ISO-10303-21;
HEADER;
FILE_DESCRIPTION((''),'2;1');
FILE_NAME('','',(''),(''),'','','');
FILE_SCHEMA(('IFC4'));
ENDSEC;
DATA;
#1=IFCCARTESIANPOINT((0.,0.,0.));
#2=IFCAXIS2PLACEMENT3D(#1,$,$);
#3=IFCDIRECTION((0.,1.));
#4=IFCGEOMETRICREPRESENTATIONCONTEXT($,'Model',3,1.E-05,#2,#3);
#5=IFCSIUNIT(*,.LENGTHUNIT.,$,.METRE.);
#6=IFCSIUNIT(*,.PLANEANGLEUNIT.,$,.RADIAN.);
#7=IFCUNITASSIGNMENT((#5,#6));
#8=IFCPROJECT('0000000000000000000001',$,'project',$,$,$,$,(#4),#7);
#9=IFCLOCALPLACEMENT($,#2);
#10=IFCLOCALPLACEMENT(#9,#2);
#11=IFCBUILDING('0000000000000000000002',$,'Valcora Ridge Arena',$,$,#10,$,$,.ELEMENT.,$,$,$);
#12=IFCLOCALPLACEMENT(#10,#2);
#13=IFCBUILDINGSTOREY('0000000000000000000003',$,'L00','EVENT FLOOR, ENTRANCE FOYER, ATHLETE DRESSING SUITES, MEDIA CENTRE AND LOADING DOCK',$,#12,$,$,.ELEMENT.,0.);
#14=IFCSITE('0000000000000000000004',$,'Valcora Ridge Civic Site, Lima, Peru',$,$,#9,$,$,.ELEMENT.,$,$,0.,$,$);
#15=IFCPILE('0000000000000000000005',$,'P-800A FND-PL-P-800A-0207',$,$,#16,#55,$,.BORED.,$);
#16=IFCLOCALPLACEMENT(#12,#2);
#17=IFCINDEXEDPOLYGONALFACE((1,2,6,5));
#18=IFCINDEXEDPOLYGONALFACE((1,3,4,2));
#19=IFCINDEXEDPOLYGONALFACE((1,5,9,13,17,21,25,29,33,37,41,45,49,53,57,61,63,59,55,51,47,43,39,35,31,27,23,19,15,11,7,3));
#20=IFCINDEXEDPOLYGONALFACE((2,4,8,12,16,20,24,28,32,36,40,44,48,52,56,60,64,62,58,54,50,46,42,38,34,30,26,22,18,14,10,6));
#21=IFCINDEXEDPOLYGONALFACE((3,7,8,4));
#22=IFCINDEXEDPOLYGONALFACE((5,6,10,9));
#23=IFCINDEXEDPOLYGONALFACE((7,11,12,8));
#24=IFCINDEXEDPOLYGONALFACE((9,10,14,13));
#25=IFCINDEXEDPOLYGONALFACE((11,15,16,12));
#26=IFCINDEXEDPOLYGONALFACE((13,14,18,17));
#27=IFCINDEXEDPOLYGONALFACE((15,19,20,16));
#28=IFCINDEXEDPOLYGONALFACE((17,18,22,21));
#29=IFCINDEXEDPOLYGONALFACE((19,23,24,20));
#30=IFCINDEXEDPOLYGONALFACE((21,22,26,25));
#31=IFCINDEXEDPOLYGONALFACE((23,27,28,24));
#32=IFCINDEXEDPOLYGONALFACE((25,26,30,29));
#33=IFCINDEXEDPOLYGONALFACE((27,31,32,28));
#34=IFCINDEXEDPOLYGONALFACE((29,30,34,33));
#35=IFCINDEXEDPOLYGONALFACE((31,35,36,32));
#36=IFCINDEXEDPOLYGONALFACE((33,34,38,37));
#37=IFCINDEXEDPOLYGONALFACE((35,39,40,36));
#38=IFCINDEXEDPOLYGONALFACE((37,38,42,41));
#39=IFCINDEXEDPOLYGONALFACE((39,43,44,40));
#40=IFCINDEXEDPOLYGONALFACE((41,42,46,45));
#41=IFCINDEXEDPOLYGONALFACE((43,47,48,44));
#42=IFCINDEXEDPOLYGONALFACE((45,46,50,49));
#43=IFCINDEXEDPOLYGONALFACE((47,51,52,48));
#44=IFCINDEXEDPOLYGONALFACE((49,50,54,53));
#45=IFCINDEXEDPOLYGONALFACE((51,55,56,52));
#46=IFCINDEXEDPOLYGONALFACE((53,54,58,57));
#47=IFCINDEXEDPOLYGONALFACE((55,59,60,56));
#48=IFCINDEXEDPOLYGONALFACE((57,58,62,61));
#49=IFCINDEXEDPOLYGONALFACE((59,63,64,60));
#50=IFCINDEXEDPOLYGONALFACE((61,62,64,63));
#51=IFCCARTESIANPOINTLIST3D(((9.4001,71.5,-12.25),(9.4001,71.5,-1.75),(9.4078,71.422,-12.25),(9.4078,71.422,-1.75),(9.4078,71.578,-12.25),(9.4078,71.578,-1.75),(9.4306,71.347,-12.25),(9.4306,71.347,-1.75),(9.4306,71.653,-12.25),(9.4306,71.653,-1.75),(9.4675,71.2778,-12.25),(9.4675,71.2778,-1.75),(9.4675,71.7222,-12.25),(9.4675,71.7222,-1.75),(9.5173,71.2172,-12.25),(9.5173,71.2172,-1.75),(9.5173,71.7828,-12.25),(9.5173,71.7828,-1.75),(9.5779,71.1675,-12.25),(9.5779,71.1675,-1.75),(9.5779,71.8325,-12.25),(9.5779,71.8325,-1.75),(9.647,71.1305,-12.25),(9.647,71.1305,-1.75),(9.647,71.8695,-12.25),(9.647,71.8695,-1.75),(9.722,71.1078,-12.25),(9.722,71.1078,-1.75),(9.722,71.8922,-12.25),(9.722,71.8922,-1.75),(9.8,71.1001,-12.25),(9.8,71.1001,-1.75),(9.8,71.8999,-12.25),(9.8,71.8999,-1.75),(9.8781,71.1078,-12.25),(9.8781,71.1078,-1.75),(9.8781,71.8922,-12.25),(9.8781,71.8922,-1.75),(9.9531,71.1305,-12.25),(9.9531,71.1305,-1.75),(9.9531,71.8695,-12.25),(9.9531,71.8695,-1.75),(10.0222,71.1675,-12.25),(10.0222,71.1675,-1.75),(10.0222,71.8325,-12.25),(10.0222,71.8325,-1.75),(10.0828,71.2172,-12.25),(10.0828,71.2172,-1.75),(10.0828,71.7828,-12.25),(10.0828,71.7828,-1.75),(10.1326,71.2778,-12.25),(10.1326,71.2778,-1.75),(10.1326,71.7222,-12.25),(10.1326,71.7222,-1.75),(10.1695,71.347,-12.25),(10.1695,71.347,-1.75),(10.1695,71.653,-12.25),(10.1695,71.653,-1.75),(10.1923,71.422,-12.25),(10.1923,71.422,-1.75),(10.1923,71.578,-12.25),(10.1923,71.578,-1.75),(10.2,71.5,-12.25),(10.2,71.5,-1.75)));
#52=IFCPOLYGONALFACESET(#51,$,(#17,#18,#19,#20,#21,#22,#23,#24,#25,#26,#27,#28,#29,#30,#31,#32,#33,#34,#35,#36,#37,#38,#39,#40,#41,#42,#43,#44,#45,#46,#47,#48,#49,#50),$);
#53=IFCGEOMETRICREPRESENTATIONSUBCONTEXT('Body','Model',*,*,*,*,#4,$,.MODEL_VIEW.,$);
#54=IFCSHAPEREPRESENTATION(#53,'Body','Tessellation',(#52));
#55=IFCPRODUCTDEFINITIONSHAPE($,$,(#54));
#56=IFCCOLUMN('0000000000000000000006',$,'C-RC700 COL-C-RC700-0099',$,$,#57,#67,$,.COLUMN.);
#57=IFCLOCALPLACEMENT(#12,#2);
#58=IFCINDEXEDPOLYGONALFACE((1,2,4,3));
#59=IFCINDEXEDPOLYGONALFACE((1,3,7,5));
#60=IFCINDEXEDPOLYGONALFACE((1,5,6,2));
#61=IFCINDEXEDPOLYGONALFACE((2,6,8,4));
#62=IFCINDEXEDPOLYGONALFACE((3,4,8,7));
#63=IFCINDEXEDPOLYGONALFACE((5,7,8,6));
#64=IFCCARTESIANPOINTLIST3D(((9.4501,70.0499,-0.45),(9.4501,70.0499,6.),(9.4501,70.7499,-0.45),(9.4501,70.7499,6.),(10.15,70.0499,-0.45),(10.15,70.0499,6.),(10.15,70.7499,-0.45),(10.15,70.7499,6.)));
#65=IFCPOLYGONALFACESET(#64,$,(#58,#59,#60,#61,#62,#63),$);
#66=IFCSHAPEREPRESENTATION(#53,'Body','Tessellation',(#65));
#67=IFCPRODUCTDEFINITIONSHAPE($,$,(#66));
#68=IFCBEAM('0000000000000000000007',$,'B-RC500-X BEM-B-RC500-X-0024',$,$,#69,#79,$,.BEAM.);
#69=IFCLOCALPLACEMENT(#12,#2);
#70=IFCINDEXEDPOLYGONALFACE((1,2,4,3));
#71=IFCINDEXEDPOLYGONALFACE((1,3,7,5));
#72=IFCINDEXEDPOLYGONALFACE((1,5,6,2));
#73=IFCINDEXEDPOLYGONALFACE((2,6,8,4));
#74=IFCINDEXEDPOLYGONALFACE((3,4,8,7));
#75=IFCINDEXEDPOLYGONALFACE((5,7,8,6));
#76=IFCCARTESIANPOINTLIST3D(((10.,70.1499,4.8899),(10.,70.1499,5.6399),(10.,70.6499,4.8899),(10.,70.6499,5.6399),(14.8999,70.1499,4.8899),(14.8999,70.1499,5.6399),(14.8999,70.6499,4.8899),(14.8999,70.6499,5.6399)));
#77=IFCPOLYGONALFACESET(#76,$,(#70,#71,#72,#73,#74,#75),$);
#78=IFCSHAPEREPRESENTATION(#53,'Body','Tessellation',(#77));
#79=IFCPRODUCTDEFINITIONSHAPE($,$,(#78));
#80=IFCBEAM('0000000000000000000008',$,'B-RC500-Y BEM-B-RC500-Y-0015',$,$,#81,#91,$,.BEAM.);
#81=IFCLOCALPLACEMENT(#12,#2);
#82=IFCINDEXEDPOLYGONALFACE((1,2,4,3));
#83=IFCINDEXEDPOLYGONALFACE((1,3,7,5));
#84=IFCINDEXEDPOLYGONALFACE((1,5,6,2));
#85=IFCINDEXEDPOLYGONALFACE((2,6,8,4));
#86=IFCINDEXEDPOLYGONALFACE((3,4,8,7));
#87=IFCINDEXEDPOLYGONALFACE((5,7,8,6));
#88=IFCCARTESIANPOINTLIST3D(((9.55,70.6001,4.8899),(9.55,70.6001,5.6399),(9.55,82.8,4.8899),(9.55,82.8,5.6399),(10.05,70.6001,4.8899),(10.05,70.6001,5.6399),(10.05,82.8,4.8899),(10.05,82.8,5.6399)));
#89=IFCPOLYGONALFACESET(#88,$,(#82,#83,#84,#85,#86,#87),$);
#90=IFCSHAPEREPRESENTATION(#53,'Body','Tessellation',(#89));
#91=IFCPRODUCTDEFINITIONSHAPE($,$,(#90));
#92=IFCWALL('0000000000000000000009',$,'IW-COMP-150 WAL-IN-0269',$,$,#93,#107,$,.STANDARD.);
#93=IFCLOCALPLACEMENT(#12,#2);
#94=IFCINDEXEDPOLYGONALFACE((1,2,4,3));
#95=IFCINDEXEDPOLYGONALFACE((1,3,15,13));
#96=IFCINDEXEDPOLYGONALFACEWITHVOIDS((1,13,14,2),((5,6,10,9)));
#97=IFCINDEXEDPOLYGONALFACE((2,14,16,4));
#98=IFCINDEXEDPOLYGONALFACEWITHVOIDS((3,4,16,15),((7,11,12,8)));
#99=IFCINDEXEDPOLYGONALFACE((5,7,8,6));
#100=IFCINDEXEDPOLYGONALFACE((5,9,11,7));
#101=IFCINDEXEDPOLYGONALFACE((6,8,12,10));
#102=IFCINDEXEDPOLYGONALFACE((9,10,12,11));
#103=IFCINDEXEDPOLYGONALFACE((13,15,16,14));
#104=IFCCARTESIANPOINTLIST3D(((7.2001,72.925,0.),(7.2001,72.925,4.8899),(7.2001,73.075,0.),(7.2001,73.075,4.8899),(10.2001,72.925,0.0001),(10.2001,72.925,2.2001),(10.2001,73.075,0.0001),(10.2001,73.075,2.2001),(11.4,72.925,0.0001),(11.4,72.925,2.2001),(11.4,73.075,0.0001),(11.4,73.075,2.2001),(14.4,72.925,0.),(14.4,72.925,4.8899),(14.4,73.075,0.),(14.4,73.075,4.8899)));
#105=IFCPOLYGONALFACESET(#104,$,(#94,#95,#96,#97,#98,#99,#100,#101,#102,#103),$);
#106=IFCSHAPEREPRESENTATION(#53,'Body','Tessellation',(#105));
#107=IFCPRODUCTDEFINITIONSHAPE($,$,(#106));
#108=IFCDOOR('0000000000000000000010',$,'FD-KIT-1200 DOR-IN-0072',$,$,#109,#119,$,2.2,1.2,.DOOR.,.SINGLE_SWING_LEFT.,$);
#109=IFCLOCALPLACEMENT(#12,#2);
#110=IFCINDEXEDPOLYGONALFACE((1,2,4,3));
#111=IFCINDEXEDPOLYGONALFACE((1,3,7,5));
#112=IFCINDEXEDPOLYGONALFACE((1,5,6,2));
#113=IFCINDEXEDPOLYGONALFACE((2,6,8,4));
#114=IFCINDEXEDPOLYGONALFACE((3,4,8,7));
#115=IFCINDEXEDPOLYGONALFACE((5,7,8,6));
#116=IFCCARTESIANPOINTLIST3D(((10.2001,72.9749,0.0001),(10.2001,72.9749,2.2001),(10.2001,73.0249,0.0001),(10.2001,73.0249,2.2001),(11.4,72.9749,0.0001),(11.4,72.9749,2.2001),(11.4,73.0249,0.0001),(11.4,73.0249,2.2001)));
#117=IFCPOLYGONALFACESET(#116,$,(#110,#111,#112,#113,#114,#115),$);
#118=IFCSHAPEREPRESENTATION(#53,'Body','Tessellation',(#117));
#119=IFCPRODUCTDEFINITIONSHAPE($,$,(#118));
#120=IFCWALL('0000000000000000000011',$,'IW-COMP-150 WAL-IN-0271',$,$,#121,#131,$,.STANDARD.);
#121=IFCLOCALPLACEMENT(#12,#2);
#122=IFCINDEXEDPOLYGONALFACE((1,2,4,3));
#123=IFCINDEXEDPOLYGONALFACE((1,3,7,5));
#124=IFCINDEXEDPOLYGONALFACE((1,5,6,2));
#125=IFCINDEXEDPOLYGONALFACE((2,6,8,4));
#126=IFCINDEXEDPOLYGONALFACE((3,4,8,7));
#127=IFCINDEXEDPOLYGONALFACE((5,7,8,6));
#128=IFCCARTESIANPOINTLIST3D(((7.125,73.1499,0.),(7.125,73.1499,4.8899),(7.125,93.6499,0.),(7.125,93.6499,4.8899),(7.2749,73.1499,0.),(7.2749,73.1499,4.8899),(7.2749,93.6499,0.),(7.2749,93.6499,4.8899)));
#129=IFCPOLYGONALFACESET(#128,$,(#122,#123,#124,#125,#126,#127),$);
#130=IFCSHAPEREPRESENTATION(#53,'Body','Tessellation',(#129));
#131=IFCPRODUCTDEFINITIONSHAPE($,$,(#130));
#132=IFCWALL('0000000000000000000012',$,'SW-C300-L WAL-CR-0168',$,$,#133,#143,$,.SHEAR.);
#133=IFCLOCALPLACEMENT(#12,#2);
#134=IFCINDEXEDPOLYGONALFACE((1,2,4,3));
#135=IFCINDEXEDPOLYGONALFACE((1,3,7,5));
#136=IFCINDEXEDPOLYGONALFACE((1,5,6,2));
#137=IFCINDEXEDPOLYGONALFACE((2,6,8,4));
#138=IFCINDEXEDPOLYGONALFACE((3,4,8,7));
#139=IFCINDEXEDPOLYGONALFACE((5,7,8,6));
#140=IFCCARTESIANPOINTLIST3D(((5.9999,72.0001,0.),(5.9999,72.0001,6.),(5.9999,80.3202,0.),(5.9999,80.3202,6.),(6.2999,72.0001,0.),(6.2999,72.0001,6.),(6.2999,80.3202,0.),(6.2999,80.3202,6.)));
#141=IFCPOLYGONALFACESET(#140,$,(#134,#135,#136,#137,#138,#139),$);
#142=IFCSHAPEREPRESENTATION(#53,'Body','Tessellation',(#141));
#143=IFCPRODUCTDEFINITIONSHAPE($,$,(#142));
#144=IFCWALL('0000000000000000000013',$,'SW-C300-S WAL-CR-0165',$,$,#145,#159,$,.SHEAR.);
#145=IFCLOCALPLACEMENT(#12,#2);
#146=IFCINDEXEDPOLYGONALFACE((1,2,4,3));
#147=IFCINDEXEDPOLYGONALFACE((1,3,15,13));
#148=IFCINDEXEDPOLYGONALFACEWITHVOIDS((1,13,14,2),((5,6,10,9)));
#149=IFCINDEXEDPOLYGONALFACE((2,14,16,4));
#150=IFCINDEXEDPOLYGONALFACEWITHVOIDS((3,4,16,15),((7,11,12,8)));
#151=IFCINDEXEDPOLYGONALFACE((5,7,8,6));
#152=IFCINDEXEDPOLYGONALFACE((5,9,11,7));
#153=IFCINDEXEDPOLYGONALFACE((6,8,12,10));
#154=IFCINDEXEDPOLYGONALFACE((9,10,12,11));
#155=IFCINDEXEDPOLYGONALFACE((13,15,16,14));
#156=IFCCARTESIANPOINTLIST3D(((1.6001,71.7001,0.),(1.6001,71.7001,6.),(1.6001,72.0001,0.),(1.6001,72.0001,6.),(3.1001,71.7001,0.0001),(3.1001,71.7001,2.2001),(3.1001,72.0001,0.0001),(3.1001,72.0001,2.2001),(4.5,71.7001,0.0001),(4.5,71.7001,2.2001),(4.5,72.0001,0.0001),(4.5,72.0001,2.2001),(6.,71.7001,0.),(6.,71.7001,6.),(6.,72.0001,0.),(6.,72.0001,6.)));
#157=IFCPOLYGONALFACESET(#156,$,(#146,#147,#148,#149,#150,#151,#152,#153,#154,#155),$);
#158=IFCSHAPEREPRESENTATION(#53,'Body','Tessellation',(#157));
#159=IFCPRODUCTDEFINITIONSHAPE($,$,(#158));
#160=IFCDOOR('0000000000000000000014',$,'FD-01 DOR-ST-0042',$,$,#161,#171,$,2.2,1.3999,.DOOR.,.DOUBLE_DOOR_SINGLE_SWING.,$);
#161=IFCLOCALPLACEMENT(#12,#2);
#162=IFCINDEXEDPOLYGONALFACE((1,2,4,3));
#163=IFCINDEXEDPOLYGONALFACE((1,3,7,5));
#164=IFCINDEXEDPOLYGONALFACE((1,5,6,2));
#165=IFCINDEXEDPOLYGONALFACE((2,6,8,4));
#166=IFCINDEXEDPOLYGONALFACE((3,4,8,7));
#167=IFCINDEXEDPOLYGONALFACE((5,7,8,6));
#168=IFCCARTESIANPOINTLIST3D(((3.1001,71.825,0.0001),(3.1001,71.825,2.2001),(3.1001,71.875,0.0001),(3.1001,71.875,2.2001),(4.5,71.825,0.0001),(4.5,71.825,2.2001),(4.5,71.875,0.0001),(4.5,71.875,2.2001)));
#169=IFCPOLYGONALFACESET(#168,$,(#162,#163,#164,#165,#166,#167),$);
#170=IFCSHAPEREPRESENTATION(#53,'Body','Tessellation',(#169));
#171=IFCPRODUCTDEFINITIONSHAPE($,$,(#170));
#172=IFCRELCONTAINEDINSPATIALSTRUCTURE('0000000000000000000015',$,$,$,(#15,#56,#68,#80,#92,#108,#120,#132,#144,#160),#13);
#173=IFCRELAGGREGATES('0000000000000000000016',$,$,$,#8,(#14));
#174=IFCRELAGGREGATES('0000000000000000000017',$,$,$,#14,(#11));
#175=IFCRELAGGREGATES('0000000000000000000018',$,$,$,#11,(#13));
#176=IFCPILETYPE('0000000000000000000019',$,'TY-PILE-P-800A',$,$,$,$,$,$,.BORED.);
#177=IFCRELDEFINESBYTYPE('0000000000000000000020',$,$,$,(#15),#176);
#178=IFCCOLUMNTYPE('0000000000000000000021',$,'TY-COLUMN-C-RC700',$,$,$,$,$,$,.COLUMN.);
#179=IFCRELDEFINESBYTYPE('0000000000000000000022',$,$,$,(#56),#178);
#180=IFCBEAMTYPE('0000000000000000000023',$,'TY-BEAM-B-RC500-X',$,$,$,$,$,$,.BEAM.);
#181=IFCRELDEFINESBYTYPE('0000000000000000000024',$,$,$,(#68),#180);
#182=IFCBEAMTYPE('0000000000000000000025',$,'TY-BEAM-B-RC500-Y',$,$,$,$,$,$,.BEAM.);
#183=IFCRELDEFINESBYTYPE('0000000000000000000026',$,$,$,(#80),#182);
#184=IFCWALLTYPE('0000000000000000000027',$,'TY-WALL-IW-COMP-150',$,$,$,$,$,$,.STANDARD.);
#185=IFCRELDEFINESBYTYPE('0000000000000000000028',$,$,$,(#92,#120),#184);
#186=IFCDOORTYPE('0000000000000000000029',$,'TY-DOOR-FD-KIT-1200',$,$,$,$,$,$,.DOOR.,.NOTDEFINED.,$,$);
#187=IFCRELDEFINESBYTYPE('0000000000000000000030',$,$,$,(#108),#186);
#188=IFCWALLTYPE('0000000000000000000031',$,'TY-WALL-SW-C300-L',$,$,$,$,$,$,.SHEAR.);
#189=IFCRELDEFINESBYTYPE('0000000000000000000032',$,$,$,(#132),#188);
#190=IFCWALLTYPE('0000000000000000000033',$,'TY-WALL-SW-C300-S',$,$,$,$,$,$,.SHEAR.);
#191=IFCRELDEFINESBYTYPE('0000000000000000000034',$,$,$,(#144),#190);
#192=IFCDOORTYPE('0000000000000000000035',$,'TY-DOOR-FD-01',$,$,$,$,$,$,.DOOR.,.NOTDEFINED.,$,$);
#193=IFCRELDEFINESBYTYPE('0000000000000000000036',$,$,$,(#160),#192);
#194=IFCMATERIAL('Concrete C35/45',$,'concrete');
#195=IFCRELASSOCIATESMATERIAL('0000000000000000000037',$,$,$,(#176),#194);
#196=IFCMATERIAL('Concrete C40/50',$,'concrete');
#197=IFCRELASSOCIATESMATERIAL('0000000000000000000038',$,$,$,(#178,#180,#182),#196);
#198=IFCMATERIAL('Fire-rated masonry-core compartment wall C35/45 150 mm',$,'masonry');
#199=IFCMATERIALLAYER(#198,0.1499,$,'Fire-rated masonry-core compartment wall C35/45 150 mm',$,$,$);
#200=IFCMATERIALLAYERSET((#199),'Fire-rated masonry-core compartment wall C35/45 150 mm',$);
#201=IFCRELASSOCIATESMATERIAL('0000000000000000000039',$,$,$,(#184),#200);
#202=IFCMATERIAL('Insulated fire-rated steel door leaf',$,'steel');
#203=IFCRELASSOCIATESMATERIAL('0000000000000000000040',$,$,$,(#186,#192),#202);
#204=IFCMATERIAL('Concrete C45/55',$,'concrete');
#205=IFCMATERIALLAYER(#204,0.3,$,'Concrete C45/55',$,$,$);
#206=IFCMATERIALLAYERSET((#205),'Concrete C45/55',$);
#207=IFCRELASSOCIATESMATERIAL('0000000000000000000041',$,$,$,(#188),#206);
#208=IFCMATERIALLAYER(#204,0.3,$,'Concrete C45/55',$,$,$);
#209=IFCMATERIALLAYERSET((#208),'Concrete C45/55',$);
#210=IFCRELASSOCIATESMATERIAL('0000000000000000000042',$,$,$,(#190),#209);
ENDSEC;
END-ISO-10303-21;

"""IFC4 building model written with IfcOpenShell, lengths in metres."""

from ifc_helpers import new_model, si_unit, direction, frame, frame_2d, origin, origin_2d, place, context, subcontext, project, spatial, rectangle, circle, extrude, material, layer, layer_set, material_profile, profile_set, type_object, element, fill, save


model = new_model("IFC4")

# Units and contexts
model_context = context("Model", 3, precision=1e-05, world=origin(), true_north=direction((0.0, 1.0)))
body_context = subcontext(model_context, "Body", "Model", "MODEL_VIEW")
ifc_project = project(units=[si_unit("LENGTHUNIT", "METRE"), si_unit("PLANEANGLEUNIT", "RADIAN")], contexts=[model_context])

# Site, building, storey
site_placement = place(None, origin())
site = spatial("IfcSite", under=ifc_project, at=site_placement, Name="Valcora Ridge Civic Site, Lima, Peru", CompositionType="ELEMENT", RefElevation=0.0)
building_placement = place(site_placement, origin())
building = spatial("IfcBuilding", under=site, at=building_placement, Name="Valcora Ridge Arena", CompositionType="ELEMENT")
storey_placement = place(building_placement, origin())
storey = spatial("IfcBuildingStorey", under=building, at=storey_placement, Name="L00", Description="EVENT FLOOR, ENTRANCE FOYER, ATHLETE DRESSING SUITES, MEDIA CENTRE AND LOADING DOCK", CompositionType="ELEMENT", Elevation=0.0)

# Shared definitions
ifc_material_1 = material(Name="Concrete C40/50", Category="concrete")

# Pile
ifc_material_2 = material(Name="Concrete C35/45", Category="concrete")
ifc_material_profile_1 = material_profile(ifc_material_2, circle(Radius=0.3999, at=origin_2d()), Name="BORED PILE D800")
ifc_profile_set_1 = profile_set([ifc_material_profile_1], Name="Concrete C35/45")
pile_type = type_object("IfcPileType", Name="TY-PILE-P-800A", PredefinedType="BORED", material=ifc_profile_set_1)
for number, where, z_axis, x_axis, name in (
    (1, (9.8, 71.5, -1.75), (0.0, 0.0, -1.0), (1.0, 0.0, 0.0), "P-800A FND-PL-P-800A-0207"),
):
    element("IfcPile", number, at=place(storey_placement, frame(where, z_axis=z_axis, x_axis=x_axis)), inside=storey, type_object=pile_type, Name=name, PredefinedType="BORED", context=body_context, shape_type="SweptSolid", body=[
        extrude(circle(Radius=0.3999, at=origin_2d()), origin(), (0.0, 0.0, 1.0), 10.5),
    ])

# Column
ifc_material_profile_2 = material_profile(ifc_material_1, rectangle(XDim=0.7, YDim=0.7, at=origin_2d()), Name="RC 700x700")
ifc_profile_set_2 = profile_set([ifc_material_profile_2], Name="Concrete C40/50")
column_type = type_object("IfcColumnType", Name="TY-COLUMN-C-RC700", PredefinedType="COLUMN", material=ifc_profile_set_2)
column_placement = place(storey_placement, frame((9.8, 70.3999, -0.45), z_axis=(0.0, 0.0, 1.0), x_axis=(1.0, 0.0, 0.0)))
element("IfcColumn", 2, at=column_placement, inside=storey, type_object=column_type, Name="C-RC700 COL-C-RC700-0099", PredefinedType="COLUMN", context=body_context, shape_type="SweptSolid", body=[
    extrude(rectangle(XDim=0.7, YDim=0.7, at=origin_2d()), origin(), (0.0, 0.0, 1.0), 6.45),
])

# Beams
ifc_material_profile_3 = material_profile(ifc_material_1, rectangle(XDim=0.5, YDim=0.75, at=origin_2d()), Name="RC 500x750")
ifc_profile_set_3 = profile_set([ifc_material_profile_3], Name="Concrete C40/50")
beam_type_1 = type_object("IfcBeamType", Name="TY-BEAM-B-RC500-X", PredefinedType="BEAM", material=ifc_profile_set_3)
beam_1_placement = place(storey_placement, frame((10.0, 70.3999, 5.2649), z_axis=(1.0, 0.0, 0.0), x_axis=(0.0, 1.0, 0.0)))
element("IfcBeam", 3, at=beam_1_placement, inside=storey, type_object=beam_type_1, Name="B-RC500-X BEM-B-RC500-X-0024", PredefinedType="BEAM", context=body_context, shape_type="SweptSolid", body=[
    extrude(rectangle(XDim=0.5, YDim=0.75, at=origin_2d()), origin(), (0.0, 0.0, 1.0), 4.8999),
])
ifc_material_profile_4 = material_profile(ifc_material_1, rectangle(XDim=0.5, YDim=0.75, at=origin_2d()), Name="RC 500x750")
ifc_profile_set_4 = profile_set([ifc_material_profile_4], Name="Concrete C40/50")
beam_type_2 = type_object("IfcBeamType", Name="TY-BEAM-B-RC500-Y", PredefinedType="BEAM", material=ifc_profile_set_4)
beam_2_placement = place(storey_placement, frame((9.8, 70.6001, 5.2649), z_axis=(0.0, 1.0, 0.0), x_axis=(-1.0, 0.0, 0.0)))
element("IfcBeam", 4, at=beam_2_placement, inside=storey, type_object=beam_type_2, Name="B-RC500-Y BEM-B-RC500-Y-0015", PredefinedType="BEAM", context=body_context, shape_type="SweptSolid", body=[
    extrude(rectangle(XDim=0.5, YDim=0.75, at=origin_2d()), origin(), (0.0, 0.0, 1.0), 12.2),
])

# Wall, opening, door
ifc_material_3 = material(Name="Fire-rated masonry-core compartment wall C35/45 150 mm", Category="masonry")
ifc_layer_1 = layer(ifc_material_3, 0.1499, Name="Fire-rated masonry-core compartment wall C35/45 150 mm")
ifc_layer_set_1 = layer_set([ifc_layer_1], Name="Fire-rated masonry-core compartment wall C35/45 150 mm")
wall_type_1 = type_object("IfcWallType", Name="TY-WALL-IW-COMP-150", PredefinedType="STANDARD", material=ifc_layer_set_1)
wall_1_placement = place(storey_placement, frame((7.2, 73.0, 0.0), z_axis=(0.0, 0.0, 1.0), x_axis=(1.0, 0.0, 0.0)))
wall_1 = element("IfcWall", 5, at=wall_1_placement, inside=storey, type_object=wall_type_1, Name="IW-COMP-150 WAL-IN-0269", PredefinedType="STANDARD", context=body_context, shape_type="SweptSolid", body=[
    extrude(rectangle(XDim=7.2, YDim=0.1499, at=frame_2d((3.6001, 0.0))), origin(), (0.0, 0.0, 1.0), 4.8899),
])
opening_1_placement = place(wall_1_placement, frame((3.0, 0.0, 0.0)))
opening_1 = element("IfcOpeningElement", 6, at=opening_1_placement, cuts=wall_1, PredefinedType="OPENING", context=body_context, shape_type="SweptSolid", body=[
    extrude(rectangle(XDim=1.2, YDim=2.2, at=frame_2d((0.6001, 1.1001))), frame((0.0, 0.085, 0.0), z_axis=(0.0, -1.0, 0.0), x_axis=(1.0, 0.0, 0.0)), (0.0, 0.0, 1.0), 0.1699),
])
ifc_material_4 = material(Name="Insulated fire-rated steel door leaf", Category="steel")
door_type_1 = type_object("IfcDoorType", Name="TY-DOOR-FD-KIT-1200", OperationType="NOTDEFINED", PredefinedType="DOOR", material=ifc_material_4)
door_1_placement = place(opening_1_placement, origin())
door_1 = element("IfcDoor", 7, at=door_1_placement, inside=storey, type_object=door_type_1, Name="FD-KIT-1200 DOR-IN-0072", OperationType="SINGLE_SWING_LEFT", OverallHeight=2.2, OverallWidth=1.2, PredefinedType="DOOR", context=body_context, shape_type="SweptSolid", body=[
    extrude(rectangle(XDim=1.2, YDim=2.2, at=frame_2d((0.6001, 1.1001))), frame((0.0, 0.0249, 0.0), z_axis=(0.0, -1.0, 0.0), x_axis=(1.0, 0.0, 0.0)), (0.0, 0.0, 1.0), 0.05),
])
fill(opening_1, door_1)

# Walls
wall_2_placement = place(storey_placement, frame((7.2, 73.1499, 0.0), z_axis=(0.0, 0.0, 1.0), x_axis=(0.0, 1.0, 0.0)))
element("IfcWall", 8, at=wall_2_placement, inside=storey, type_object=wall_type_1, Name="IW-COMP-150 WAL-IN-0271", PredefinedType="STANDARD", context=body_context, shape_type="SweptSolid", body=[
    extrude(rectangle(XDim=20.5, YDim=0.1499, at=frame_2d((10.25, 0.0))), origin(), (0.0, 0.0, 1.0), 4.8899),
])
ifc_material_5 = material(Name="Concrete C45/55", Category="concrete")
ifc_layer_2 = layer(ifc_material_5, 0.3, Name="Concrete C45/55")
ifc_layer_set_2 = layer_set([ifc_layer_2], Name="Concrete C45/55")
wall_type_2 = type_object("IfcWallType", Name="TY-WALL-SW-C300-L", PredefinedType="SHEAR", material=ifc_layer_set_2)
wall_3_placement = place(storey_placement, frame((6.1499, 72.0, 0.0), z_axis=(0.0, 0.0, 1.0), x_axis=(0.0, 1.0, 0.0)))
element("IfcWall", 9, at=wall_3_placement, inside=storey, type_object=wall_type_2, Name="SW-C300-L WAL-CR-0168", PredefinedType="SHEAR", context=body_context, shape_type="SweptSolid", body=[
    extrude(rectangle(XDim=8.3201, YDim=0.3, at=frame_2d((4.1602, 0.0))), origin(), (0.0, 0.0, 1.0), 6.0),
])

# Wall, opening, door
ifc_layer_3 = layer(ifc_material_5, 0.3, Name="Concrete C45/55")
ifc_layer_set_3 = layer_set([ifc_layer_3], Name="Concrete C45/55")
wall_type_3 = type_object("IfcWallType", Name="TY-WALL-SW-C300-S", PredefinedType="SHEAR", material=ifc_layer_set_3)
wall_4_placement = place(storey_placement, frame((1.6001, 71.8501, 0.0), z_axis=(0.0, 0.0, 1.0), x_axis=(1.0, 0.0, 0.0)))
wall_4 = element("IfcWall", 10, at=wall_4_placement, inside=storey, type_object=wall_type_3, Name="SW-C300-S WAL-CR-0165", PredefinedType="SHEAR", context=body_context, shape_type="SweptSolid", body=[
    extrude(rectangle(XDim=4.3999, YDim=0.3, at=frame_2d((2.2, 0.0))), origin(), (0.0, 0.0, 1.0), 6.0),
])
opening_2_placement = place(wall_4_placement, frame((1.5, 0.0, 0.0)))
opening_2 = element("IfcOpeningElement", 11, at=opening_2_placement, cuts=wall_4, PredefinedType="OPENING", context=body_context, shape_type="SweptSolid", body=[
    extrude(rectangle(XDim=1.3999, YDim=2.2, at=frame_2d((0.7, 1.1001))), frame((0.0, 0.1599, 0.0), z_axis=(0.0, -1.0, 0.0), x_axis=(1.0, 0.0, 0.0)), (0.0, 0.0, 1.0), 0.3201),
])
door_type_2 = type_object("IfcDoorType", Name="TY-DOOR-FD-01", OperationType="NOTDEFINED", PredefinedType="DOOR", material=ifc_material_4)
door_2_placement = place(opening_2_placement, origin())
door_2 = element("IfcDoor", 12, at=door_2_placement, inside=storey, type_object=door_type_2, Name="FD-01 DOR-ST-0042", OperationType="DOUBLE_DOOR_SINGLE_SWING", OverallHeight=2.2, OverallWidth=1.3999, PredefinedType="DOOR", context=body_context, shape_type="SweptSolid", body=[
    extrude(rectangle(XDim=1.3999, YDim=2.2, at=frame_2d((0.7, 1.1001))), frame((0.0, 0.0249, 0.0), z_axis=(0.0, -1.0, 0.0), x_axis=(1.0, 0.0, 0.0)), (0.0, 0.0, 1.0), 0.05),
])
fill(opening_2, door_2)

save(model, "model.ifc")
